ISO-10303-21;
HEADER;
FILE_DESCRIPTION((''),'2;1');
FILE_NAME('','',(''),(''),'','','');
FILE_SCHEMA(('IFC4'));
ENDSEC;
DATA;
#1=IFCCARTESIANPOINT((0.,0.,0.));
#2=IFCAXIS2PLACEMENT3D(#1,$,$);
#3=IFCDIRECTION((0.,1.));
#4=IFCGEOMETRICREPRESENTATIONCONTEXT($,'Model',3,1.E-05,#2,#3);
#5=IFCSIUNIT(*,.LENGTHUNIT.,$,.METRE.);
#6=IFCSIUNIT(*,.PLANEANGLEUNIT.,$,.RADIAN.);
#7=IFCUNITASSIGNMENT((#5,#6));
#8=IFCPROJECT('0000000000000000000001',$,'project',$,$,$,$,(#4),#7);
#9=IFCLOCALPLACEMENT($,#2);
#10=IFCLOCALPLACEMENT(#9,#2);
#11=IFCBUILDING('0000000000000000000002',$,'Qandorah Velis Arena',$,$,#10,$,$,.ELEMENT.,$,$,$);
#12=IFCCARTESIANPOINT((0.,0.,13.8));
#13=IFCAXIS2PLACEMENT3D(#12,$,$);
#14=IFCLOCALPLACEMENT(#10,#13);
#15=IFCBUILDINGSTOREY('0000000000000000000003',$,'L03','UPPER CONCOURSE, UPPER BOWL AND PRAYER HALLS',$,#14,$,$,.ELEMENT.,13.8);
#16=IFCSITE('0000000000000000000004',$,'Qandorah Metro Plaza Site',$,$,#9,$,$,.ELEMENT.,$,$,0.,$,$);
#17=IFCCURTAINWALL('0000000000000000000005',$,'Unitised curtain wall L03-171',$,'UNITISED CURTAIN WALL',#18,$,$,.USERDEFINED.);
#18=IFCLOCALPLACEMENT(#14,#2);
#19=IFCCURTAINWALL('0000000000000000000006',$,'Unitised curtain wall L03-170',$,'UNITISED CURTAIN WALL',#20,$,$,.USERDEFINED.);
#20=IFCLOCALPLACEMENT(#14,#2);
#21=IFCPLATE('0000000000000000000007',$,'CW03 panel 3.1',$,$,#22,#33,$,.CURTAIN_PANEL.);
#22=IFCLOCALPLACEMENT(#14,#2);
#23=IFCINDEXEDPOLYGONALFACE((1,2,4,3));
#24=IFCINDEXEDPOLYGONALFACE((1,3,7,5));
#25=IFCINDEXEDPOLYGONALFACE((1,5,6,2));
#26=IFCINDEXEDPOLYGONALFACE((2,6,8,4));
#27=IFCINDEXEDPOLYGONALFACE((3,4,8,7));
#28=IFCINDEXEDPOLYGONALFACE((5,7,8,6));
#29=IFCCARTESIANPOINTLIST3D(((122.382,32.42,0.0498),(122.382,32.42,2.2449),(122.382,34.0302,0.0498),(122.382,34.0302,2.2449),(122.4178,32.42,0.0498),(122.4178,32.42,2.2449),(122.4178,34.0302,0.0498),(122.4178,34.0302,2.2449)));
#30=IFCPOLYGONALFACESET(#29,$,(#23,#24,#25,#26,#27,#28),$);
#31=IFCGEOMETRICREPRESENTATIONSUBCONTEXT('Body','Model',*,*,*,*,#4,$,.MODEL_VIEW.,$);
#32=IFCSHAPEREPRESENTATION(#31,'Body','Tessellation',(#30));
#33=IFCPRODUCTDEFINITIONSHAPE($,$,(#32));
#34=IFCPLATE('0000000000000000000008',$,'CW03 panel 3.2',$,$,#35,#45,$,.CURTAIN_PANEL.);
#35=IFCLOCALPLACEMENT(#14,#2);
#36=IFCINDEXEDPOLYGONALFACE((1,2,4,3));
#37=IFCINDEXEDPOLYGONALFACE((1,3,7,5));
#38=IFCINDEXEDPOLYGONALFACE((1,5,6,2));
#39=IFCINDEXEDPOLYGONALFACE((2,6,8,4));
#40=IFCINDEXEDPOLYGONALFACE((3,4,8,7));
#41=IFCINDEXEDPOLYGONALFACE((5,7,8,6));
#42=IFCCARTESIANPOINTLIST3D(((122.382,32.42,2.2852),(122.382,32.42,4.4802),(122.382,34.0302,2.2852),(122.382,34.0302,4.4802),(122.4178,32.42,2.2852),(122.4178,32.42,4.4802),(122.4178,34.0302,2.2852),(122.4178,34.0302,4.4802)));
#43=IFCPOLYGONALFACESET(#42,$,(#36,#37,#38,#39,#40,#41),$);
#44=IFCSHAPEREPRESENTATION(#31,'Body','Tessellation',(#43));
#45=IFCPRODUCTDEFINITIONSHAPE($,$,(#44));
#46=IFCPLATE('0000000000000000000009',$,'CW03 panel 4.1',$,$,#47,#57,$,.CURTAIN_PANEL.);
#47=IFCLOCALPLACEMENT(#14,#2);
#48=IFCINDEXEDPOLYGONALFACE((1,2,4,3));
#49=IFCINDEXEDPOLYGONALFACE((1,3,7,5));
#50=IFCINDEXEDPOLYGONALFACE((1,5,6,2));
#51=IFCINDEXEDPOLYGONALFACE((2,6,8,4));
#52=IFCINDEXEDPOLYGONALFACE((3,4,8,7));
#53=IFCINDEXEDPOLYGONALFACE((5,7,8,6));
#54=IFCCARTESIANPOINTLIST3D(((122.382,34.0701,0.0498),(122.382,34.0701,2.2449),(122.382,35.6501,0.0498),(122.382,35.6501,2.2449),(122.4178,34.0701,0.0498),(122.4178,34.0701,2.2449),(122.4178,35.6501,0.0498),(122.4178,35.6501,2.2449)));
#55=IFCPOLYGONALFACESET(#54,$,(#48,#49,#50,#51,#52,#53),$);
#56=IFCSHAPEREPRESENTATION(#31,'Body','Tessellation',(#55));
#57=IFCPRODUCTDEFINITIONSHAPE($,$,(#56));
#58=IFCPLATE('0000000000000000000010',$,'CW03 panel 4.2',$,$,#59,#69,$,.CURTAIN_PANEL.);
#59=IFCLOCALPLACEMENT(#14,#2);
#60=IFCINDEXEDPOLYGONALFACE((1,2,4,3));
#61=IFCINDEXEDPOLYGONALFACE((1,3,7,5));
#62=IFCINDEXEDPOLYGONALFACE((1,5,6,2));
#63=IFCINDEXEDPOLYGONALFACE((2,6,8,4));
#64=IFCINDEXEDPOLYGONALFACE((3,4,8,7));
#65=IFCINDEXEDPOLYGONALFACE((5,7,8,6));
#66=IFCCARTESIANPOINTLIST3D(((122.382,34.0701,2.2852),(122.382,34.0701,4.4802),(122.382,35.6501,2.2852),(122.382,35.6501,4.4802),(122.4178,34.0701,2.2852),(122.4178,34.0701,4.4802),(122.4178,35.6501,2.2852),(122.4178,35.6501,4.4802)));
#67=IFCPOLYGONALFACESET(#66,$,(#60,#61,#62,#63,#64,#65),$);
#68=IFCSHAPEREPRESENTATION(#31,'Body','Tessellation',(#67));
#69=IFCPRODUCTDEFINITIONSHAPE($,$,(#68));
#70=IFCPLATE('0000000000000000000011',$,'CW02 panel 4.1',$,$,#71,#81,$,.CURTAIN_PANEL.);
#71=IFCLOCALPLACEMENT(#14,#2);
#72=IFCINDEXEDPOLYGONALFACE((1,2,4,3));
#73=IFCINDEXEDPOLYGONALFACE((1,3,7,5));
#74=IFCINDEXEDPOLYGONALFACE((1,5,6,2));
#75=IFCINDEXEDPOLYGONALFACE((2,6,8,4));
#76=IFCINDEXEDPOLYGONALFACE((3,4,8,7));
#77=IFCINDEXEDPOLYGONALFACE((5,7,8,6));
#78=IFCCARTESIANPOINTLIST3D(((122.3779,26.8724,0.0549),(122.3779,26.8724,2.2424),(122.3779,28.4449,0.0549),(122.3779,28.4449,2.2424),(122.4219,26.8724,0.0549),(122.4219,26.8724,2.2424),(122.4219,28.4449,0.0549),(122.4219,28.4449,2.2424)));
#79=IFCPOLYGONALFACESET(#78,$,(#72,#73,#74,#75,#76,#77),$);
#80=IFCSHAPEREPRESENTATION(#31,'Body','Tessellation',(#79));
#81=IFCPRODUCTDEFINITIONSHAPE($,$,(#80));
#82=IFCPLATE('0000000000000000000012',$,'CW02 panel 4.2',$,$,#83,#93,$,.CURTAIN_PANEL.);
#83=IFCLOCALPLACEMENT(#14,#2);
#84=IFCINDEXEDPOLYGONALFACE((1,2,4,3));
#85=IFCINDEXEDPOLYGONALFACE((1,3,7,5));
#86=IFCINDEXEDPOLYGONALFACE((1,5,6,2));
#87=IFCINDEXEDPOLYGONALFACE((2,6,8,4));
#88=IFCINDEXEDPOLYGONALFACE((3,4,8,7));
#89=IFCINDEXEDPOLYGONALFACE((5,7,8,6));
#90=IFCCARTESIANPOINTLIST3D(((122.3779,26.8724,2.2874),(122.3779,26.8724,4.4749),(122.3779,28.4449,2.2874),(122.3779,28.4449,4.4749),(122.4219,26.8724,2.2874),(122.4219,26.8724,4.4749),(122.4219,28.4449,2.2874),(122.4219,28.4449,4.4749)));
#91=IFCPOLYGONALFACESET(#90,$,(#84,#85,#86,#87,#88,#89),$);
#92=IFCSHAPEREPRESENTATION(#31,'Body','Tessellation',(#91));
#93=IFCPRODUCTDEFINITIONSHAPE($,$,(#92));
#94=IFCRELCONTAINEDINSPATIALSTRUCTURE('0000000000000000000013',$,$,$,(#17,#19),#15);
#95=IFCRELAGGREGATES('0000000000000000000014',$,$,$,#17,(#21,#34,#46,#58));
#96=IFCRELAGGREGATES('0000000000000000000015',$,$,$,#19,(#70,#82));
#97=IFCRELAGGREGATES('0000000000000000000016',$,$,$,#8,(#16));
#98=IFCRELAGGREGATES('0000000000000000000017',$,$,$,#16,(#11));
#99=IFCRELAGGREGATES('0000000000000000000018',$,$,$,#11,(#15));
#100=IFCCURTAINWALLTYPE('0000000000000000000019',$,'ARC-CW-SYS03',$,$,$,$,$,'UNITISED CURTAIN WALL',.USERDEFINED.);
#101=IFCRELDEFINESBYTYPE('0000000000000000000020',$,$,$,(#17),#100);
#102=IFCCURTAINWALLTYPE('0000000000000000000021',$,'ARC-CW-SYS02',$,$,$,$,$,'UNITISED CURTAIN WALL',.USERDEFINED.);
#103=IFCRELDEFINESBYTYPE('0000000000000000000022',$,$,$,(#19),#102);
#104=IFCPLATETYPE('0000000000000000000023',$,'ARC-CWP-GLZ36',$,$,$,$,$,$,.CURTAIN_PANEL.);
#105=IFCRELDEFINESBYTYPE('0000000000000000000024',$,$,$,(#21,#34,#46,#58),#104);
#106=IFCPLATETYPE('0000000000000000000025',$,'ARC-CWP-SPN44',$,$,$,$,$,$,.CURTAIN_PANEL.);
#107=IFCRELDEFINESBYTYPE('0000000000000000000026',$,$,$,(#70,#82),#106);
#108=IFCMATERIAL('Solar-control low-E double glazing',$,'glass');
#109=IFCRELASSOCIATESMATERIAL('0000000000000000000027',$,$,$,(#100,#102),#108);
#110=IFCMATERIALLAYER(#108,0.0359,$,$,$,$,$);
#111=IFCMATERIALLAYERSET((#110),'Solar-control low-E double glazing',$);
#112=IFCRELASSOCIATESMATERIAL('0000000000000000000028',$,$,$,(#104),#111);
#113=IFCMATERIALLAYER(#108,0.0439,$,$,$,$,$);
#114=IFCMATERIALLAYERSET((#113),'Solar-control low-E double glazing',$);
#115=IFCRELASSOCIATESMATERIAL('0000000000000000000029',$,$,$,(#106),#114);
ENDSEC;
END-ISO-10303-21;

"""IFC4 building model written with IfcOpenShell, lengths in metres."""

from ifc_helpers import new_model, si_unit, direction, frame, origin, origin_2d, place, context, subcontext, project, spatial, rectangle, extrude, material, layer, layer_set, type_object, element, aggregate, save


model = new_model("IFC4")

# Units and contexts
model_context = context("Model", 3, precision=1e-05, world=origin(), true_north=direction((0.0, 1.0)))
body_context = subcontext(model_context, "Body", "Model", "MODEL_VIEW")
ifc_project = project(units=[si_unit("LENGTHUNIT", "METRE"), si_unit("PLANEANGLEUNIT", "RADIAN")], contexts=[model_context])

# Site, building, storey
site_placement = place(None, origin())
site = spatial("IfcSite", under=ifc_project, at=site_placement, Name="Qandorah Metro Plaza Site", CompositionType="ELEMENT", RefElevation=0.0)
building_placement = place(site_placement, origin())
building = spatial("IfcBuilding", under=site, at=building_placement, Name="Qandorah Velis Arena", CompositionType="ELEMENT")
storey_placement = place(building_placement, frame((0.0, 0.0, 13.8)))
storey = spatial("IfcBuildingStorey", under=building, at=storey_placement, Name="L03", Description="UPPER CONCOURSE, UPPER BOWL AND PRAYER HALLS", CompositionType="ELEMENT", Elevation=13.8)

# Shared definitions
ifc_material_1 = material(Name="Solar-control low-E double glazing", Category="glass")

# Curtain wall
curtain_wall_type_1 = type_object("IfcCurtainWallType", Name="ARC-CW-SYS03", ElementType="UNITISED CURTAIN WALL", PredefinedType="USERDEFINED", material=ifc_material_1)
curtain_wall_1_placement = place(storey_placement, origin())
curtain_wall_1 = element("IfcCurtainWall", 1, at=curtain_wall_1_placement, inside=storey, type_object=curtain_wall_type_1, Name="Unitised curtain wall L03-171", ObjectType="UNITISED CURTAIN WALL", PredefinedType="USERDEFINED")

# Curtain wall
curtain_wall_type_2 = type_object("IfcCurtainWallType", Name="ARC-CW-SYS02", ElementType="UNITISED CURTAIN WALL", PredefinedType="USERDEFINED", material=ifc_material_1)
curtain_wall_2_placement = place(storey_placement, origin())
curtain_wall_2 = element("IfcCurtainWall", 2, at=curtain_wall_2_placement, inside=storey, type_object=curtain_wall_type_2, Name="Unitised curtain wall L03-170", ObjectType="UNITISED CURTAIN WALL", PredefinedType="USERDEFINED")

# Plates
ifc_layer_1 = layer(ifc_material_1, 0.0359)
ifc_layer_set_1 = layer_set([ifc_layer_1], Name="Solar-control low-E double glazing")
plate_type_1 = type_object("IfcPlateType", Name="ARC-CWP-GLZ36", PredefinedType="CURTAIN_PANEL", material=ifc_layer_set_1)
plate_1_placement = place(storey_placement, frame((122.3999, 33.2251, 0.0498), z_axis=(0.0, 0.0, 1.0), x_axis=(0.0, 1.0, 0.0)))
plate_1 = element("IfcPlate", 3, at=plate_1_placement, type_object=plate_type_1, Name="CW03 panel 3.1", PredefinedType="CURTAIN_PANEL", context=body_context, shape_type="SweptSolid", body=[
    extrude(rectangle(XDim=1.6101, YDim=0.0359, at=origin_2d()), origin(), (0.0, 0.0, 1.0), 2.1951),
])
plate_2_placement = place(storey_placement, frame((122.3999, 33.2251, 2.2852), z_axis=(0.0, 0.0, 1.0), x_axis=(0.0, 1.0, 0.0)))
plate_2 = element("IfcPlate", 4, at=plate_2_placement, type_object=plate_type_1, Name="CW03 panel 3.2", PredefinedType="CURTAIN_PANEL", context=body_context, shape_type="SweptSolid", body=[
    extrude(rectangle(XDim=1.6101, YDim=0.0359, at=origin_2d()), origin(), (0.0, 0.0, 1.0), 2.1951),
])
plate_3_placement = place(storey_placement, frame((122.3999, 34.8601, 0.0498), z_axis=(0.0, 0.0, 1.0), x_axis=(0.0, 1.0, 0.0)))
plate_3 = element("IfcPlate", 5, at=plate_3_placement, type_object=plate_type_1, Name="CW03 panel 4.1", PredefinedType="CURTAIN_PANEL", context=body_context, shape_type="SweptSolid", body=[
    extrude(rectangle(XDim=1.5801, YDim=0.0359, at=origin_2d()), origin(), (0.0, 0.0, 1.0), 2.1951),
])
plate_4_placement = place(storey_placement, frame((122.3999, 34.8601, 2.2852), z_axis=(0.0, 0.0, 1.0), x_axis=(0.0, 1.0, 0.0)))
plate_4 = element("IfcPlate", 6, at=plate_4_placement, type_object=plate_type_1, Name="CW03 panel 4.2", PredefinedType="CURTAIN_PANEL", context=body_context, shape_type="SweptSolid", body=[
    extrude(rectangle(XDim=1.5801, YDim=0.0359, at=origin_2d()), origin(), (0.0, 0.0, 1.0), 2.1951),
])
aggregate(curtain_wall_1, [plate_1, plate_2, plate_3, plate_4])
ifc_layer_2 = layer(ifc_material_1, 0.0439)
ifc_layer_set_2 = layer_set([ifc_layer_2], Name="Solar-control low-E double glazing")
plate_type_2 = type_object("IfcPlateType", Name="ARC-CWP-SPN44", PredefinedType="CURTAIN_PANEL", material=ifc_layer_set_2)
plate_5_placement = place(storey_placement, frame((122.3999, 27.6587, 0.0549), z_axis=(0.0, 0.0, 1.0), x_axis=(0.0, 1.0, 0.0)))
plate_5 = element("IfcPlate", 7, at=plate_5_placement, type_object=plate_type_2, Name="CW02 panel 4.1", PredefinedType="CURTAIN_PANEL", context=body_context, shape_type="SweptSolid", body=[
    extrude(rectangle(XDim=1.5725, YDim=0.0439, at=origin_2d()), origin(), (0.0, 0.0, 1.0), 2.1875),
])
plate_6_placement = place(storey_placement, frame((122.3999, 27.6587, 2.2874), z_axis=(0.0, 0.0, 1.0), x_axis=(0.0, 1.0, 0.0)))
plate_6 = element("IfcPlate", 8, at=plate_6_placement, type_object=plate_type_2, Name="CW02 panel 4.2", PredefinedType="CURTAIN_PANEL", context=body_context, shape_type="SweptSolid", body=[
    extrude(rectangle(XDim=1.5725, YDim=0.0439, at=origin_2d()), origin(), (0.0, 0.0, 1.0), 2.1875),
])
aggregate(curtain_wall_2, [plate_5, plate_6])

save(model, "model.ifc")
